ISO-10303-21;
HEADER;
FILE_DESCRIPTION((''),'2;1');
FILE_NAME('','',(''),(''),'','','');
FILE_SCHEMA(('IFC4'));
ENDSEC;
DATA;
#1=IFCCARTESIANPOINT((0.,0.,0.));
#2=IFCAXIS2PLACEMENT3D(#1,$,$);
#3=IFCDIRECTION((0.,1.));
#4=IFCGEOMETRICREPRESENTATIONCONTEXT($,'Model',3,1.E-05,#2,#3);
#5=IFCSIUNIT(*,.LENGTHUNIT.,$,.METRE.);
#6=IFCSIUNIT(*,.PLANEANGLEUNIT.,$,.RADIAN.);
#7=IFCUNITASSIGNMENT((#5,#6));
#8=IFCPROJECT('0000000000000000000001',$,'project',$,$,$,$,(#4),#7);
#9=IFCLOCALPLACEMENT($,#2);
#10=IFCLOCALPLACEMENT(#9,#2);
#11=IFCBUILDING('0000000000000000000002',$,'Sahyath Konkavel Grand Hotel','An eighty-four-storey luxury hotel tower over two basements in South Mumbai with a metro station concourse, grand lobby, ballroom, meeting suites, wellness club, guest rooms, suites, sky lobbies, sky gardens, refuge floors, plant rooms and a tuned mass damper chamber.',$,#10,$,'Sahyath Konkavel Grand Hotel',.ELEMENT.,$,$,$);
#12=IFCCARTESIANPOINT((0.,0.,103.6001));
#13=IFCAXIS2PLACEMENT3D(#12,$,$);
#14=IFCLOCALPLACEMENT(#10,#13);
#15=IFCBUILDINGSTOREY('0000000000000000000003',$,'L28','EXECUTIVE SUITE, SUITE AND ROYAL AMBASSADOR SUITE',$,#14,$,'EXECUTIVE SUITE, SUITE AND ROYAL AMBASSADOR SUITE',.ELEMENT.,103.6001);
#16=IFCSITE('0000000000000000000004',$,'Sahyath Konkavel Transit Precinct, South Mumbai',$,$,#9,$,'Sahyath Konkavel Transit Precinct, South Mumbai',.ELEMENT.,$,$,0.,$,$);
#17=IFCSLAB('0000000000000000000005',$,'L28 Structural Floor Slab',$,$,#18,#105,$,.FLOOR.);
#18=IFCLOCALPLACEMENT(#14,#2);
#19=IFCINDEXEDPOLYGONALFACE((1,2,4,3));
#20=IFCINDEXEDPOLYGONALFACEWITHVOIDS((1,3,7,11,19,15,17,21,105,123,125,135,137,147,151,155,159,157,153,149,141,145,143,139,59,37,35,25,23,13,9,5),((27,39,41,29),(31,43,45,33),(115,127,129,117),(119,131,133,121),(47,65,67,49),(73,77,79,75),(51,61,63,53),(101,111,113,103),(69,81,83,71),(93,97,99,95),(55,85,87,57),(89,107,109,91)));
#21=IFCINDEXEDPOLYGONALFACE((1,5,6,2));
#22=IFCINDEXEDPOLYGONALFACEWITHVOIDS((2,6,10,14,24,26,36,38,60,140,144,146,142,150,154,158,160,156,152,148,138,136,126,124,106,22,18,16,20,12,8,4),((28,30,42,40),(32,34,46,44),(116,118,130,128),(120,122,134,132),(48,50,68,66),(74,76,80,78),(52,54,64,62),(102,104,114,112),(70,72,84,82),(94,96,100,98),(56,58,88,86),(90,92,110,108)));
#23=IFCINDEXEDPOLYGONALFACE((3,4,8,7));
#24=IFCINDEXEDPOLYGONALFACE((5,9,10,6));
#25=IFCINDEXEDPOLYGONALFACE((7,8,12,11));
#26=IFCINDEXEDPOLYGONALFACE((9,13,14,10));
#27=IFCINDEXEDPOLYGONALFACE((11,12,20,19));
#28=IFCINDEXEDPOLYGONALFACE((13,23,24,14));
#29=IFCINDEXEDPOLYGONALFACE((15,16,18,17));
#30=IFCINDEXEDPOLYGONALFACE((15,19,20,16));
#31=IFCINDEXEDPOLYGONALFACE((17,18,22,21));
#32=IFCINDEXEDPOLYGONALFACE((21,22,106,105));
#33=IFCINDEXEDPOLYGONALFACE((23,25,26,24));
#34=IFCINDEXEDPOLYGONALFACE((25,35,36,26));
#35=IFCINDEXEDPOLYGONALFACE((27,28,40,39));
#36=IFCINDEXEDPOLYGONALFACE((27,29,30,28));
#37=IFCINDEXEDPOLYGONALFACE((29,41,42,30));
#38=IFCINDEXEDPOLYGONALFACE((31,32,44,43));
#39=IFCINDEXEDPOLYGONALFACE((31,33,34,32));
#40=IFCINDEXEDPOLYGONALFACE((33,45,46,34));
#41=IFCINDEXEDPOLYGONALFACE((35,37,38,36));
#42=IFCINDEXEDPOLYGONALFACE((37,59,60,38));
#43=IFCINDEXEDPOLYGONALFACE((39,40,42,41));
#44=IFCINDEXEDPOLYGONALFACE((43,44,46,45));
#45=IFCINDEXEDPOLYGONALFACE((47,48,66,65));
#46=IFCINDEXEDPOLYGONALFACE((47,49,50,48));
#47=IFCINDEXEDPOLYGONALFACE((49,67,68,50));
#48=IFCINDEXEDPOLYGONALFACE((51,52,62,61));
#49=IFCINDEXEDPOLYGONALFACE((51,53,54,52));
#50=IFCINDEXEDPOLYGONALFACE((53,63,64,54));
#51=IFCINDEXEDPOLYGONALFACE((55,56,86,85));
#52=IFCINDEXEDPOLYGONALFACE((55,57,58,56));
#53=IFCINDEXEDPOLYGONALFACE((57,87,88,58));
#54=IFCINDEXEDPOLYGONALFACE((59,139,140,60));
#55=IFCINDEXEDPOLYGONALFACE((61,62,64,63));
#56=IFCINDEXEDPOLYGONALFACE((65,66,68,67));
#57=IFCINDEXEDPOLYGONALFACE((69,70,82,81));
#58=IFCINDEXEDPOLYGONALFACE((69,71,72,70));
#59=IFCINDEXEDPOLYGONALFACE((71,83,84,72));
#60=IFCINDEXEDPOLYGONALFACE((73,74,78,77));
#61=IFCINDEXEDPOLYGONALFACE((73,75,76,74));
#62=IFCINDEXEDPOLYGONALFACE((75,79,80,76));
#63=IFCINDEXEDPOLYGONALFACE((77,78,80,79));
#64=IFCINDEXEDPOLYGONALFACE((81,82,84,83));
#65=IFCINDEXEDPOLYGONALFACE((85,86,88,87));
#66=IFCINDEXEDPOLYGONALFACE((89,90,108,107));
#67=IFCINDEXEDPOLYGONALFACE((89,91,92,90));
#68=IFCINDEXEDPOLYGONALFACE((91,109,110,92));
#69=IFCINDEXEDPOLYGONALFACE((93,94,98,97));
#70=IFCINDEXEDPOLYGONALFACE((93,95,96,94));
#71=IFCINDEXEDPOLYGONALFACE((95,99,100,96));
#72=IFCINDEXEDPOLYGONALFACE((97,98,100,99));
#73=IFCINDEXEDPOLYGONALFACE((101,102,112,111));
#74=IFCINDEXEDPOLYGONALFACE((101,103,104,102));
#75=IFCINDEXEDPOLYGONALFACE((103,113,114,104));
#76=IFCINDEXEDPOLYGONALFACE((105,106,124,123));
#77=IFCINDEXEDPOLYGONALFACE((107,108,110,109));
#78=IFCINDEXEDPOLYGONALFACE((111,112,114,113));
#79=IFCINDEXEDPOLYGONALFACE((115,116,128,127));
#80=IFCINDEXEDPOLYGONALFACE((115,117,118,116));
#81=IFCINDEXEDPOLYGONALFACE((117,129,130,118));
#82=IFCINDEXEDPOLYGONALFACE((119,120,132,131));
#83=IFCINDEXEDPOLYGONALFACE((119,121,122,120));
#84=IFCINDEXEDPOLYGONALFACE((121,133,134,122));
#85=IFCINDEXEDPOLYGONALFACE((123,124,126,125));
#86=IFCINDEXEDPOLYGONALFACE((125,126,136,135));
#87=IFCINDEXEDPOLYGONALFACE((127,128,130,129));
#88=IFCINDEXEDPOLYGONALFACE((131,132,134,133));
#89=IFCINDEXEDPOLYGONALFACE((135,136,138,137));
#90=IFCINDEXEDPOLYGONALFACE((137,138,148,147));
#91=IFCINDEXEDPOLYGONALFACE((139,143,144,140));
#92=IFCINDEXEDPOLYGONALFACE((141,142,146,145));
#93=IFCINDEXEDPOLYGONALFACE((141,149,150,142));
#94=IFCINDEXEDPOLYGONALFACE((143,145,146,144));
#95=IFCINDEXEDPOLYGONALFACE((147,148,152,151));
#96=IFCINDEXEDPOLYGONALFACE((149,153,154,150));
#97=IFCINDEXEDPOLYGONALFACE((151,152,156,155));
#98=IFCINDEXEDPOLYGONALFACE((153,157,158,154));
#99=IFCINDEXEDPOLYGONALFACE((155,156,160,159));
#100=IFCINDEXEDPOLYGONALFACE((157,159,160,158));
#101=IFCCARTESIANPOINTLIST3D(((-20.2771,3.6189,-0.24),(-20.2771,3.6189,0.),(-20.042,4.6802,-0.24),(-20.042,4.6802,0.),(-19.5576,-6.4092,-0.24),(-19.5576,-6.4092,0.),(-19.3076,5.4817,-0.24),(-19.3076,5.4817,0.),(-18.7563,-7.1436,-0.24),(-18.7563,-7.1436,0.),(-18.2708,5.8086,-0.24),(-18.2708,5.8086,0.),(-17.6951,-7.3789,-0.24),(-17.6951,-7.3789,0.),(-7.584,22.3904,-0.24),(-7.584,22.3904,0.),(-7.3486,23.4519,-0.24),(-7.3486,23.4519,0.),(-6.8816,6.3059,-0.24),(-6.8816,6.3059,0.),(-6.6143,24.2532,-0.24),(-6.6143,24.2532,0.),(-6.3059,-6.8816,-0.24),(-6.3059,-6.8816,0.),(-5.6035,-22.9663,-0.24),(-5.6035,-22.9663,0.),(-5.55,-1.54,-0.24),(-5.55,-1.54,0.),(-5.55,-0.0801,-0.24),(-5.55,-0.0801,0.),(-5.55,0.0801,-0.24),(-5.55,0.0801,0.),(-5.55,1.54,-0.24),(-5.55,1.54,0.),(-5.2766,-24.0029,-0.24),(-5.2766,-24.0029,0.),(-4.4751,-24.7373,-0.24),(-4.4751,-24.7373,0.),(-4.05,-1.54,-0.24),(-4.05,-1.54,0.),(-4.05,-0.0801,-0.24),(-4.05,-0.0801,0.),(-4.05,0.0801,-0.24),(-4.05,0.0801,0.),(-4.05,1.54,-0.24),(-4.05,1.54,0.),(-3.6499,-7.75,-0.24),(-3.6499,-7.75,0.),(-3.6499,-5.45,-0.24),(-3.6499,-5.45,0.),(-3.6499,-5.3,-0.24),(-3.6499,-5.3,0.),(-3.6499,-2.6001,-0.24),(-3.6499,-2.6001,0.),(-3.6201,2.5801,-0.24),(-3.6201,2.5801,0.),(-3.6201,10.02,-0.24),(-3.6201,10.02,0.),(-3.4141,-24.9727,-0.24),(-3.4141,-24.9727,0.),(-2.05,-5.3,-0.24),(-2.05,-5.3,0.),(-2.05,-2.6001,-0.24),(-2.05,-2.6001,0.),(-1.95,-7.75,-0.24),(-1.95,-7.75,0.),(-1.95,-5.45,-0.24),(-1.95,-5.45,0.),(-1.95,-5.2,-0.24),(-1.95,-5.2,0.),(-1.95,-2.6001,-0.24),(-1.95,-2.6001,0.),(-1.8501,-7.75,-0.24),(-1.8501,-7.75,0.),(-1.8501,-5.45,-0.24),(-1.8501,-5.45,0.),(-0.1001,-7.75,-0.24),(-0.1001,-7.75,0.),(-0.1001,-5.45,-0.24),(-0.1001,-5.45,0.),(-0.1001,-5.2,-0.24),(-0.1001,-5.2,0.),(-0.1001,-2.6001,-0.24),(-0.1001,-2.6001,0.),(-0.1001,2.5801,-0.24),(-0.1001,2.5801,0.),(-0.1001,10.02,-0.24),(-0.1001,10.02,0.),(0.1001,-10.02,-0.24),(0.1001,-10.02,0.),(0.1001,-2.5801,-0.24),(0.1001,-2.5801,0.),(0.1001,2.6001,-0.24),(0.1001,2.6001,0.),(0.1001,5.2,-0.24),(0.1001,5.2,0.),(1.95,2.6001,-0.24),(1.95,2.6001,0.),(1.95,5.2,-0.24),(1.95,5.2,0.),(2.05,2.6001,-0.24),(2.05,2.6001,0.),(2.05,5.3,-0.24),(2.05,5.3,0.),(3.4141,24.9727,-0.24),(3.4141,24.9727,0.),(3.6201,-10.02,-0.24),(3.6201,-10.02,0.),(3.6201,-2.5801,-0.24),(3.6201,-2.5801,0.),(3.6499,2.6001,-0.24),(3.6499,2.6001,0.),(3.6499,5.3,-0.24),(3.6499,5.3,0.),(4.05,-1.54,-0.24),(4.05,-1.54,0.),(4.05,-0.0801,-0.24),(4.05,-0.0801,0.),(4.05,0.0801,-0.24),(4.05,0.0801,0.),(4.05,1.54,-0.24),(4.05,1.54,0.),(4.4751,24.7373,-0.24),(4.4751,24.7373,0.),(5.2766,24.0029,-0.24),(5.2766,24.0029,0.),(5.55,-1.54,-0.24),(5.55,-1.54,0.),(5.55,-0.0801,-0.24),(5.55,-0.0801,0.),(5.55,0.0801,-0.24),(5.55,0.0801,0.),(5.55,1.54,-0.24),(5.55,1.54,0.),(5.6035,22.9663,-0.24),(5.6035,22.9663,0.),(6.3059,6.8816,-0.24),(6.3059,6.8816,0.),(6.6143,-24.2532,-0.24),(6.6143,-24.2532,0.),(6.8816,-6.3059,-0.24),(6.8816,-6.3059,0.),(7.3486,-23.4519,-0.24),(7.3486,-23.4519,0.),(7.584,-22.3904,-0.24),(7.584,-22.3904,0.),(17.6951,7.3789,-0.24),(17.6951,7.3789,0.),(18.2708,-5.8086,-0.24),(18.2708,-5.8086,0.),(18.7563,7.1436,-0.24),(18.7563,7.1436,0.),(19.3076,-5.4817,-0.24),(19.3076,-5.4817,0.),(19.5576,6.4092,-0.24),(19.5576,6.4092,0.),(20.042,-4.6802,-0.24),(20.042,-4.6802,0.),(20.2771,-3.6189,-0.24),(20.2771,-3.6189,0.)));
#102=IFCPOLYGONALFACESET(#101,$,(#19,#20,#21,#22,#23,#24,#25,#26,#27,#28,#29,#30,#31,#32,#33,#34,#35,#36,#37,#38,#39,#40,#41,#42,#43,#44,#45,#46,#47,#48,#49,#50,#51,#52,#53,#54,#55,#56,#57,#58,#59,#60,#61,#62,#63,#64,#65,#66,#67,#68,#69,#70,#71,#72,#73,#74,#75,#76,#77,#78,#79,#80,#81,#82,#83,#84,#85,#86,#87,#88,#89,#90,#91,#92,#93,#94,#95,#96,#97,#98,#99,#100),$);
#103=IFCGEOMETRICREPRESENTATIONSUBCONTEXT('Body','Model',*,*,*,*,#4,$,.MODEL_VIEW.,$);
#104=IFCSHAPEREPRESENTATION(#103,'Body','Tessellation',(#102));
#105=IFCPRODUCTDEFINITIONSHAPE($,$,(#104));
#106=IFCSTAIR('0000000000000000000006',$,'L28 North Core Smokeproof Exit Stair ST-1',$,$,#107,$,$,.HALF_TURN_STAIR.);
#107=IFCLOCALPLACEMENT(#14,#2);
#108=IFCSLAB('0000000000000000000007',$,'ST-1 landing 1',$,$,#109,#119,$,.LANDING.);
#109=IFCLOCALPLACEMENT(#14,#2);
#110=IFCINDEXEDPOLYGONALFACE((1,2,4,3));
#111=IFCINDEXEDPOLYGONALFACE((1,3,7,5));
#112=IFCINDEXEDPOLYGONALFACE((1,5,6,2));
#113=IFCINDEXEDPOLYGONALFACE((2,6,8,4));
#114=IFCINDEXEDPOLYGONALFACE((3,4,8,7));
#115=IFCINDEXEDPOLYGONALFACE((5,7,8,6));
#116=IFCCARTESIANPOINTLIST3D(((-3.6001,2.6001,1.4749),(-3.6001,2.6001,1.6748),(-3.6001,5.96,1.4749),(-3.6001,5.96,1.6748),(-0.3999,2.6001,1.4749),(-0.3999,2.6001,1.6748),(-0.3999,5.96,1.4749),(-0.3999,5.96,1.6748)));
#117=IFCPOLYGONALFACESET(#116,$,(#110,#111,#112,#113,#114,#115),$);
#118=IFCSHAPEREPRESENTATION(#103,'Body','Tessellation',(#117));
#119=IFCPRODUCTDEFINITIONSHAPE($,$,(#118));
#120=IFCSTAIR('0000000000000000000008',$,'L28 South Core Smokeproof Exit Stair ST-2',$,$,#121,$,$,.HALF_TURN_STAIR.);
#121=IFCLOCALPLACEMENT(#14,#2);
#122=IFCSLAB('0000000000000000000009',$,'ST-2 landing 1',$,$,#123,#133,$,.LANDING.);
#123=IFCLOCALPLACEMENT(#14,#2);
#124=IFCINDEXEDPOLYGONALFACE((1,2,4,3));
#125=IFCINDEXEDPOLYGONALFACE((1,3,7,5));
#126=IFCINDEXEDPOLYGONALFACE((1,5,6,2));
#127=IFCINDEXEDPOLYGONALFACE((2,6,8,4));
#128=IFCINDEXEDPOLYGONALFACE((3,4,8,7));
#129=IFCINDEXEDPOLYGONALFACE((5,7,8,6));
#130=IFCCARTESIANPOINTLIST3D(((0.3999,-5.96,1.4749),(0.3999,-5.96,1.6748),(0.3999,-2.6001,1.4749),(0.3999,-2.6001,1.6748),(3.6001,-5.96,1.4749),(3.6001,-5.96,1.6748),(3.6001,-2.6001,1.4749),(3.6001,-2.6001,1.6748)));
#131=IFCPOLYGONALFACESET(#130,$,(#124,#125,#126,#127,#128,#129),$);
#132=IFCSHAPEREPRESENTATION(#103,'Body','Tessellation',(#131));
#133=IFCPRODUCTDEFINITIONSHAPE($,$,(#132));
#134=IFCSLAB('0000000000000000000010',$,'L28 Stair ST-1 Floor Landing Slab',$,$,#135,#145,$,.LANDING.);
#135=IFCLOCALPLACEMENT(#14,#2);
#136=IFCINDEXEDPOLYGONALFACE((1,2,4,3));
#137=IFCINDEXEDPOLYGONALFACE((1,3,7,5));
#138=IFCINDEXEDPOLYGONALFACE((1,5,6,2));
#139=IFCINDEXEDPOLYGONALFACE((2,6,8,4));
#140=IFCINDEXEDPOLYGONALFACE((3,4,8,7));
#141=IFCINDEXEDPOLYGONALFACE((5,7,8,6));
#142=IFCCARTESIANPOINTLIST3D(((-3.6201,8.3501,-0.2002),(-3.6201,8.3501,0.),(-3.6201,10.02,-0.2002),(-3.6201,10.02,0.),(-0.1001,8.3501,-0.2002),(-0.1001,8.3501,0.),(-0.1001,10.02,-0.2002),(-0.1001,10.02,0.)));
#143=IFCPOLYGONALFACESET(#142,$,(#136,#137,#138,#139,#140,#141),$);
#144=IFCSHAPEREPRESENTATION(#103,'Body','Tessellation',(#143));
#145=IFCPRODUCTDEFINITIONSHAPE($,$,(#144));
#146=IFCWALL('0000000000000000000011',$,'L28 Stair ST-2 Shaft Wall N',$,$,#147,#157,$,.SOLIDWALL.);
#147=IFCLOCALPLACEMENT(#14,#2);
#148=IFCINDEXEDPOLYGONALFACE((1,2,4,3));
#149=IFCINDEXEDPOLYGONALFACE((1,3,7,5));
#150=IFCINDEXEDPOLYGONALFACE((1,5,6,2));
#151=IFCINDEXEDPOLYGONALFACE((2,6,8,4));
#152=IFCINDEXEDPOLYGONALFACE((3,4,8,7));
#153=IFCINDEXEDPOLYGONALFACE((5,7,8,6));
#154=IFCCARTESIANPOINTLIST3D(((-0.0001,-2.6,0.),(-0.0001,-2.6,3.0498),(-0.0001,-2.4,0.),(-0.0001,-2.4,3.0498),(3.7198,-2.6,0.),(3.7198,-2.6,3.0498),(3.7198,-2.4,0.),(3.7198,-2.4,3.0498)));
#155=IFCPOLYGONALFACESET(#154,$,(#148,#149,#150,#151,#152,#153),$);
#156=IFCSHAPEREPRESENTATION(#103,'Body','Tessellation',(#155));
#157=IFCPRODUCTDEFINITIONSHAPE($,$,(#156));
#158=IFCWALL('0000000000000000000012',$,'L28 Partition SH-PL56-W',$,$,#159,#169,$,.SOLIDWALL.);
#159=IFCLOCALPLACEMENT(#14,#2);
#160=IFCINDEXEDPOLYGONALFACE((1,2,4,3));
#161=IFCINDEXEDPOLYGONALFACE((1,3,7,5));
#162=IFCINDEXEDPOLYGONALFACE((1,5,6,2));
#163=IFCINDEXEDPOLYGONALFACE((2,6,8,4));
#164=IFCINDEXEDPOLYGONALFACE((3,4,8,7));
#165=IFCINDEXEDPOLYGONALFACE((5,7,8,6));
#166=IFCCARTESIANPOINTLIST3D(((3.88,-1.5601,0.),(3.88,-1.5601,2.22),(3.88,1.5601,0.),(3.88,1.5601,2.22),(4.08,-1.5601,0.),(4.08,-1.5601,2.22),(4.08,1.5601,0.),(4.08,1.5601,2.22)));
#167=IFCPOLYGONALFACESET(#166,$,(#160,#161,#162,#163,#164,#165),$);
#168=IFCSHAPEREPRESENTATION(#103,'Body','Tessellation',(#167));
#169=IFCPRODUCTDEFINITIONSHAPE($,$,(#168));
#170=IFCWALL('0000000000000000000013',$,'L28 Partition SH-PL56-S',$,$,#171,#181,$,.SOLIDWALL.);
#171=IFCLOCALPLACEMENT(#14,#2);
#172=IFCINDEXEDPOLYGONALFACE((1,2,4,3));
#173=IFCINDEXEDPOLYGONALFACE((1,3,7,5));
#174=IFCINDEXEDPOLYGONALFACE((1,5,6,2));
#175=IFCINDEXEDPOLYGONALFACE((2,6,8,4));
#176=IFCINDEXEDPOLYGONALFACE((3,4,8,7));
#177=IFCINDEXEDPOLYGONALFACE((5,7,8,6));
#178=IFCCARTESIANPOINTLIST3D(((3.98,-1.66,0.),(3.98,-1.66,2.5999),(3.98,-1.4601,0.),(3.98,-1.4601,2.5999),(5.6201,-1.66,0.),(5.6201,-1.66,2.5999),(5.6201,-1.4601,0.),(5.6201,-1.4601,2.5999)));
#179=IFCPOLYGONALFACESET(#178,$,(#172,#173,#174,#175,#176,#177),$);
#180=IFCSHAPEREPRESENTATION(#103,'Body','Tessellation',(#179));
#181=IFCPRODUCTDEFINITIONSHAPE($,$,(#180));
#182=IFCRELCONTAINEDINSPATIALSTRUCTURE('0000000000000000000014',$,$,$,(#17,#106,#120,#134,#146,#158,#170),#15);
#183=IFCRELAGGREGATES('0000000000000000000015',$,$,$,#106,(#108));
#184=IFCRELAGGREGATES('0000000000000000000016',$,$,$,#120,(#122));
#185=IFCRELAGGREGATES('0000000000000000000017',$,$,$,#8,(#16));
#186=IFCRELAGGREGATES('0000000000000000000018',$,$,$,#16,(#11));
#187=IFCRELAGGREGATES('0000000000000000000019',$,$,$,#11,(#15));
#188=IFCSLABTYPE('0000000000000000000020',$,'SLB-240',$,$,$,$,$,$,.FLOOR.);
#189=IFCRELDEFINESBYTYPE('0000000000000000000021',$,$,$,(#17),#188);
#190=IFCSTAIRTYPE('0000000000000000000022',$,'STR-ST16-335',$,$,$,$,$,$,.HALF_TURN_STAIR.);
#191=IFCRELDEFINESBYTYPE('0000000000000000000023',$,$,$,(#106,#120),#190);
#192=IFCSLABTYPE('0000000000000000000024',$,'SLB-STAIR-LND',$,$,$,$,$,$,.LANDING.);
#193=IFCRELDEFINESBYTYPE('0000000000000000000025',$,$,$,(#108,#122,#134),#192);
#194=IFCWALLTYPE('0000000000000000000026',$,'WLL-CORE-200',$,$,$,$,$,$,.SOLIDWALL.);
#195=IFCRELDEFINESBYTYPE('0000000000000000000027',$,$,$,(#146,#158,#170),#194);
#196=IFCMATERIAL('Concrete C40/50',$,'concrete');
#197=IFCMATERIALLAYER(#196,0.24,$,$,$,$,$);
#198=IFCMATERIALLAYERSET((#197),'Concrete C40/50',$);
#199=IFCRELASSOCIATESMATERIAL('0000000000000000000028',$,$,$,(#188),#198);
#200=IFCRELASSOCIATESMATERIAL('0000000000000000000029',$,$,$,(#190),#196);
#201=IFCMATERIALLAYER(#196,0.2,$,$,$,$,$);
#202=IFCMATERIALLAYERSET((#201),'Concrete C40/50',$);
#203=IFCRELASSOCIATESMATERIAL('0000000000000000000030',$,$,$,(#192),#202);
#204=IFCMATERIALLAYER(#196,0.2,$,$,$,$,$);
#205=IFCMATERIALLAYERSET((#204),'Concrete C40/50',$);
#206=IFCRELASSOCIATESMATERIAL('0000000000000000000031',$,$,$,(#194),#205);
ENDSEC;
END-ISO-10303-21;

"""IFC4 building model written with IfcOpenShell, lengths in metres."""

from ifc_helpers import new_model, si_unit, direction, frame, frame_2d, origin, place, context, subcontext, project, spatial, polyline, rectangle, outline, extrude, material, layer, layer_set, type_object, element, aggregate, save


model = new_model("IFC4")

# Units and contexts
model_context = context("Model", 3, precision=1e-05, world=origin(), true_north=direction((0.0, 1.0)))
body_context = subcontext(model_context, "Body", "Model", "MODEL_VIEW")
ifc_project = project(units=[si_unit("LENGTHUNIT", "METRE"), si_unit("PLANEANGLEUNIT", "RADIAN")], contexts=[model_context])

# Site, building, storey
site_placement = place(None, origin())
site = spatial("IfcSite", under=ifc_project, at=site_placement, Name="Sahyath Konkavel Transit Precinct, South Mumbai", LongName="Sahyath Konkavel Transit Precinct, South Mumbai", CompositionType="ELEMENT", RefElevation=0.0)
building_placement = place(site_placement, origin())
building = spatial("IfcBuilding", under=site, at=building_placement, Name="Sahyath Konkavel Grand Hotel", Description="An eighty-four-storey luxury hotel tower over two basements in South Mumbai with a metro station concourse, grand lobby, ballroom, meeting suites, wellness club, guest rooms, suites, sky lobbies, sky gardens, refuge floors, plant rooms and a tuned mass damper chamber.", LongName="Sahyath Konkavel Grand Hotel", CompositionType="ELEMENT")
storey_placement = place(building_placement, frame((0.0, 0.0, 103.6001)))
storey = spatial("IfcBuildingStorey", under=building, at=storey_placement, Name="L28", Description="EXECUTIVE SUITE, SUITE AND ROYAL AMBASSADOR SUITE", LongName="EXECUTIVE SUITE, SUITE AND ROYAL AMBASSADOR SUITE", CompositionType="ELEMENT", Elevation=103.6001)

# Slab
ifc_material_1 = material(Name="Concrete C40/50", Category="concrete")
ifc_layer_1 = layer(ifc_material_1, 0.24)
ifc_layer_set_1 = layer_set([ifc_layer_1], Name="Concrete C40/50")
slab_type_1 = type_object("IfcSlabType", Name="SLB-240", PredefinedType="FLOOR", material=ifc_layer_set_1)
slab_1_placement = place(storey_placement, frame((0.0, 0.0, -0.24)))
element("IfcSlab", 1, at=slab_1_placement, inside=storey, type_object=slab_type_1, Name="L28 Structural Floor Slab", PredefinedType="FLOOR", context=body_context, shape_type="SweptSolid", body=[
    extrude(outline(polyline([(6.8816, -6.3059), (18.2708, -5.8086), (19.3076, -5.4817), (20.042, -4.6802), (20.2771, -3.6189), (19.5576, 6.4092), (18.7563, 7.1436), (17.6951, 7.3789), (6.3059, 6.8816), (5.6035, 22.9663), (5.2766, 24.0029), (4.4751, 24.7373), (3.4141, 24.9727), (-6.6143, 24.2532), (-7.3486, 23.4519), (-7.584, 22.3904), (-6.8816, 6.3059), (-18.2708, 5.8086), (-19.3076, 5.4817), (-20.042, 4.6802), (-20.2771, 3.6189), (-19.5576, -6.4092), (-18.7563, -7.1436), (-17.6951, -7.3789), (-6.3059, -6.8816), (-5.6035, -22.9663), (-5.2766, -24.0029), (-4.4751, -24.7373), (-3.4141, -24.9727), (6.6143, -24.2532), (7.3486, -23.4519), (7.584, -22.3904), (6.8816, -6.3059)]), holes=[polyline([(-3.6201, 2.5801), (-0.1001, 2.5801), (-0.1001, 10.02), (-3.6201, 10.02), (-3.6201, 2.5801)]), polyline([(0.1001, -10.02), (3.6201, -10.02), (3.6201, -2.5801), (0.1001, -2.5801), (0.1001, -10.02)]), polyline([(0.1001, 2.6001), (1.95, 2.6001), (1.95, 5.2), (0.1001, 5.2), (0.1001, 2.6001)]), polyline([(-1.95, -5.2), (-0.1001, -5.2), (-0.1001, -2.6001), (-1.95, -2.6001), (-1.95, -5.2)]), polyline([(2.05, 2.6001), (3.6499, 2.6001), (3.6499, 5.3), (2.05, 5.3), (2.05, 2.6001)]), polyline([(-3.6499, -5.3), (-2.05, -5.3), (-2.05, -2.6001), (-3.6499, -2.6001), (-3.6499, -5.3)]), polyline([(-3.6499, -7.75), (-1.95, -7.75), (-1.95, -5.45), (-3.6499, -5.45), (-3.6499, -7.75)]), polyline([(-1.8501, -7.75), (-0.1001, -7.75), (-0.1001, -5.45), (-1.8501, -5.45), (-1.8501, -7.75)]), polyline([(4.05, 0.0801), (5.55, 0.0801), (5.55, 1.54), (4.05, 1.54), (4.05, 0.0801)]), polyline([(4.05, -1.54), (5.55, -1.54), (5.55, -0.0801), (4.05, -0.0801), (4.05, -1.54)]), polyline([(-5.55, 0.0801), (-4.05, 0.0801), (-4.05, 1.54), (-5.55, 1.54), (-5.55, 0.0801)]), polyline([(-5.55, -1.54), (-4.05, -1.54), (-4.05, -0.0801), (-5.55, -0.0801), (-5.55, -1.54)])]), origin(), (0.0, 0.0, 1.0), 0.24),
])

# Stairs, slabs
stair_type = type_object("IfcStairType", Name="STR-ST16-335", PredefinedType="HALF_TURN_STAIR", material=ifc_material_1)
stair_1_placement = place(storey_placement, origin())
stair_1 = element("IfcStair", 2, at=stair_1_placement, inside=storey, type_object=stair_type, Name="L28 North Core Smokeproof Exit Stair ST-1", PredefinedType="HALF_TURN_STAIR")
ifc_layer_2 = layer(ifc_material_1, 0.2)
ifc_layer_set_2 = layer_set([ifc_layer_2], Name="Concrete C40/50")
slab_type_2 = type_object("IfcSlabType", Name="SLB-STAIR-LND", PredefinedType="LANDING", material=ifc_layer_set_2)
slab_2_placement = place(storey_placement, frame((0.0, 0.0, 1.4749)))
slab_2 = element("IfcSlab", 3, at=slab_2_placement, type_object=slab_type_2, Name="ST-1 landing 1", PredefinedType="LANDING", context=body_context, shape_type="SweptSolid", body=[
    extrude(outline(polyline([(-3.6001, 5.96), (-3.6001, 2.6001), (-0.3999, 2.6001), (-0.3999, 5.96), (-3.6001, 5.96)])), origin(), (0.0, 0.0, 1.0), 0.2),
])
aggregate(stair_1, [slab_2])
stair_2_placement = place(storey_placement, origin())
stair_2 = element("IfcStair", 4, at=stair_2_placement, inside=storey, type_object=stair_type, Name="L28 South Core Smokeproof Exit Stair ST-2", PredefinedType="HALF_TURN_STAIR")
slab_3_placement = place(storey_placement, frame((0.0, 0.0, 1.4749)))
slab_3 = element("IfcSlab", 5, at=slab_3_placement, type_object=slab_type_2, Name="ST-2 landing 1", PredefinedType="LANDING", context=body_context, shape_type="SweptSolid", body=[
    extrude(outline(polyline([(3.6001, -5.96), (3.6001, -2.6001), (0.3999, -2.6001), (0.3999, -5.96), (3.6001, -5.96)])), origin(), (0.0, 0.0, 1.0), 0.2),
])

# Slab
slab_4_placement = place(storey_placement, frame((0.0, 0.0, -0.2002)))
element("IfcSlab", 6, at=slab_4_placement, inside=storey, type_object=slab_type_2, Name="L28 Stair ST-1 Floor Landing Slab", PredefinedType="LANDING", context=body_context, shape_type="SweptSolid", body=[
    extrude(outline(polyline([(-3.6201, 8.3501), (-0.1001, 8.3501), (-0.1001, 10.02), (-3.6201, 10.02), (-3.6201, 8.3501)])), origin(), (0.0, 0.0, 1.0), 0.2002),
])

# Walls
ifc_layer_3 = layer(ifc_material_1, 0.2)
ifc_layer_set_3 = layer_set([ifc_layer_3], Name="Concrete C40/50")
wall_type_1 = type_object("IfcWallType", Name="WLL-CORE-200", PredefinedType="SOLIDWALL", material=ifc_layer_set_3)
wall_1_placement = place(storey_placement, frame((0.0, -2.5, 0.0), z_axis=(0.0, 0.0, 1.0), x_axis=(1.0, 0.0, 0.0)))
element("IfcWall", 7, at=wall_1_placement, inside=storey, type_object=wall_type_1, Name="L28 Stair ST-2 Shaft Wall N", PredefinedType="SOLIDWALL", context=body_context, shape_type="SweptSolid", body=[
    extrude(rectangle(XDim=3.72, YDim=0.2, at=frame_2d((1.8599, 0.0))), origin(), (0.0, 0.0, 1.0), 3.0498),
])
wall_2_placement = place(storey_placement, frame((3.98, -1.5601, 0.0), z_axis=(0.0, 0.0, 1.0), x_axis=(0.0, 1.0, 0.0)))
element("IfcWall", 8, at=wall_2_placement, inside=storey, type_object=wall_type_1, Name="L28 Partition SH-PL56-W", PredefinedType="SOLIDWALL", context=body_context, shape_type="SweptSolid", body=[
    extrude(rectangle(XDim=3.1201, YDim=0.2, at=frame_2d((1.5601, 0.0))), origin(), (0.0, 0.0, 1.0), 2.22),
])
wall_3_placement = place(storey_placement, frame((3.98, -1.5601, 0.0), z_axis=(0.0, 0.0, 1.0), x_axis=(1.0, 0.0, 0.0)))
element("IfcWall", 9, at=wall_3_placement, inside=storey, type_object=wall_type_1, Name="L28 Partition SH-PL56-S", PredefinedType="SOLIDWALL", context=body_context, shape_type="SweptSolid", body=[
    extrude(rectangle(XDim=1.6401, YDim=0.2, at=frame_2d((0.8201, 0.0))), origin(), (0.0, 0.0, 1.0), 2.5999),
])

aggregate(stair_2, [slab_3])

save(model, "model.ifc")
